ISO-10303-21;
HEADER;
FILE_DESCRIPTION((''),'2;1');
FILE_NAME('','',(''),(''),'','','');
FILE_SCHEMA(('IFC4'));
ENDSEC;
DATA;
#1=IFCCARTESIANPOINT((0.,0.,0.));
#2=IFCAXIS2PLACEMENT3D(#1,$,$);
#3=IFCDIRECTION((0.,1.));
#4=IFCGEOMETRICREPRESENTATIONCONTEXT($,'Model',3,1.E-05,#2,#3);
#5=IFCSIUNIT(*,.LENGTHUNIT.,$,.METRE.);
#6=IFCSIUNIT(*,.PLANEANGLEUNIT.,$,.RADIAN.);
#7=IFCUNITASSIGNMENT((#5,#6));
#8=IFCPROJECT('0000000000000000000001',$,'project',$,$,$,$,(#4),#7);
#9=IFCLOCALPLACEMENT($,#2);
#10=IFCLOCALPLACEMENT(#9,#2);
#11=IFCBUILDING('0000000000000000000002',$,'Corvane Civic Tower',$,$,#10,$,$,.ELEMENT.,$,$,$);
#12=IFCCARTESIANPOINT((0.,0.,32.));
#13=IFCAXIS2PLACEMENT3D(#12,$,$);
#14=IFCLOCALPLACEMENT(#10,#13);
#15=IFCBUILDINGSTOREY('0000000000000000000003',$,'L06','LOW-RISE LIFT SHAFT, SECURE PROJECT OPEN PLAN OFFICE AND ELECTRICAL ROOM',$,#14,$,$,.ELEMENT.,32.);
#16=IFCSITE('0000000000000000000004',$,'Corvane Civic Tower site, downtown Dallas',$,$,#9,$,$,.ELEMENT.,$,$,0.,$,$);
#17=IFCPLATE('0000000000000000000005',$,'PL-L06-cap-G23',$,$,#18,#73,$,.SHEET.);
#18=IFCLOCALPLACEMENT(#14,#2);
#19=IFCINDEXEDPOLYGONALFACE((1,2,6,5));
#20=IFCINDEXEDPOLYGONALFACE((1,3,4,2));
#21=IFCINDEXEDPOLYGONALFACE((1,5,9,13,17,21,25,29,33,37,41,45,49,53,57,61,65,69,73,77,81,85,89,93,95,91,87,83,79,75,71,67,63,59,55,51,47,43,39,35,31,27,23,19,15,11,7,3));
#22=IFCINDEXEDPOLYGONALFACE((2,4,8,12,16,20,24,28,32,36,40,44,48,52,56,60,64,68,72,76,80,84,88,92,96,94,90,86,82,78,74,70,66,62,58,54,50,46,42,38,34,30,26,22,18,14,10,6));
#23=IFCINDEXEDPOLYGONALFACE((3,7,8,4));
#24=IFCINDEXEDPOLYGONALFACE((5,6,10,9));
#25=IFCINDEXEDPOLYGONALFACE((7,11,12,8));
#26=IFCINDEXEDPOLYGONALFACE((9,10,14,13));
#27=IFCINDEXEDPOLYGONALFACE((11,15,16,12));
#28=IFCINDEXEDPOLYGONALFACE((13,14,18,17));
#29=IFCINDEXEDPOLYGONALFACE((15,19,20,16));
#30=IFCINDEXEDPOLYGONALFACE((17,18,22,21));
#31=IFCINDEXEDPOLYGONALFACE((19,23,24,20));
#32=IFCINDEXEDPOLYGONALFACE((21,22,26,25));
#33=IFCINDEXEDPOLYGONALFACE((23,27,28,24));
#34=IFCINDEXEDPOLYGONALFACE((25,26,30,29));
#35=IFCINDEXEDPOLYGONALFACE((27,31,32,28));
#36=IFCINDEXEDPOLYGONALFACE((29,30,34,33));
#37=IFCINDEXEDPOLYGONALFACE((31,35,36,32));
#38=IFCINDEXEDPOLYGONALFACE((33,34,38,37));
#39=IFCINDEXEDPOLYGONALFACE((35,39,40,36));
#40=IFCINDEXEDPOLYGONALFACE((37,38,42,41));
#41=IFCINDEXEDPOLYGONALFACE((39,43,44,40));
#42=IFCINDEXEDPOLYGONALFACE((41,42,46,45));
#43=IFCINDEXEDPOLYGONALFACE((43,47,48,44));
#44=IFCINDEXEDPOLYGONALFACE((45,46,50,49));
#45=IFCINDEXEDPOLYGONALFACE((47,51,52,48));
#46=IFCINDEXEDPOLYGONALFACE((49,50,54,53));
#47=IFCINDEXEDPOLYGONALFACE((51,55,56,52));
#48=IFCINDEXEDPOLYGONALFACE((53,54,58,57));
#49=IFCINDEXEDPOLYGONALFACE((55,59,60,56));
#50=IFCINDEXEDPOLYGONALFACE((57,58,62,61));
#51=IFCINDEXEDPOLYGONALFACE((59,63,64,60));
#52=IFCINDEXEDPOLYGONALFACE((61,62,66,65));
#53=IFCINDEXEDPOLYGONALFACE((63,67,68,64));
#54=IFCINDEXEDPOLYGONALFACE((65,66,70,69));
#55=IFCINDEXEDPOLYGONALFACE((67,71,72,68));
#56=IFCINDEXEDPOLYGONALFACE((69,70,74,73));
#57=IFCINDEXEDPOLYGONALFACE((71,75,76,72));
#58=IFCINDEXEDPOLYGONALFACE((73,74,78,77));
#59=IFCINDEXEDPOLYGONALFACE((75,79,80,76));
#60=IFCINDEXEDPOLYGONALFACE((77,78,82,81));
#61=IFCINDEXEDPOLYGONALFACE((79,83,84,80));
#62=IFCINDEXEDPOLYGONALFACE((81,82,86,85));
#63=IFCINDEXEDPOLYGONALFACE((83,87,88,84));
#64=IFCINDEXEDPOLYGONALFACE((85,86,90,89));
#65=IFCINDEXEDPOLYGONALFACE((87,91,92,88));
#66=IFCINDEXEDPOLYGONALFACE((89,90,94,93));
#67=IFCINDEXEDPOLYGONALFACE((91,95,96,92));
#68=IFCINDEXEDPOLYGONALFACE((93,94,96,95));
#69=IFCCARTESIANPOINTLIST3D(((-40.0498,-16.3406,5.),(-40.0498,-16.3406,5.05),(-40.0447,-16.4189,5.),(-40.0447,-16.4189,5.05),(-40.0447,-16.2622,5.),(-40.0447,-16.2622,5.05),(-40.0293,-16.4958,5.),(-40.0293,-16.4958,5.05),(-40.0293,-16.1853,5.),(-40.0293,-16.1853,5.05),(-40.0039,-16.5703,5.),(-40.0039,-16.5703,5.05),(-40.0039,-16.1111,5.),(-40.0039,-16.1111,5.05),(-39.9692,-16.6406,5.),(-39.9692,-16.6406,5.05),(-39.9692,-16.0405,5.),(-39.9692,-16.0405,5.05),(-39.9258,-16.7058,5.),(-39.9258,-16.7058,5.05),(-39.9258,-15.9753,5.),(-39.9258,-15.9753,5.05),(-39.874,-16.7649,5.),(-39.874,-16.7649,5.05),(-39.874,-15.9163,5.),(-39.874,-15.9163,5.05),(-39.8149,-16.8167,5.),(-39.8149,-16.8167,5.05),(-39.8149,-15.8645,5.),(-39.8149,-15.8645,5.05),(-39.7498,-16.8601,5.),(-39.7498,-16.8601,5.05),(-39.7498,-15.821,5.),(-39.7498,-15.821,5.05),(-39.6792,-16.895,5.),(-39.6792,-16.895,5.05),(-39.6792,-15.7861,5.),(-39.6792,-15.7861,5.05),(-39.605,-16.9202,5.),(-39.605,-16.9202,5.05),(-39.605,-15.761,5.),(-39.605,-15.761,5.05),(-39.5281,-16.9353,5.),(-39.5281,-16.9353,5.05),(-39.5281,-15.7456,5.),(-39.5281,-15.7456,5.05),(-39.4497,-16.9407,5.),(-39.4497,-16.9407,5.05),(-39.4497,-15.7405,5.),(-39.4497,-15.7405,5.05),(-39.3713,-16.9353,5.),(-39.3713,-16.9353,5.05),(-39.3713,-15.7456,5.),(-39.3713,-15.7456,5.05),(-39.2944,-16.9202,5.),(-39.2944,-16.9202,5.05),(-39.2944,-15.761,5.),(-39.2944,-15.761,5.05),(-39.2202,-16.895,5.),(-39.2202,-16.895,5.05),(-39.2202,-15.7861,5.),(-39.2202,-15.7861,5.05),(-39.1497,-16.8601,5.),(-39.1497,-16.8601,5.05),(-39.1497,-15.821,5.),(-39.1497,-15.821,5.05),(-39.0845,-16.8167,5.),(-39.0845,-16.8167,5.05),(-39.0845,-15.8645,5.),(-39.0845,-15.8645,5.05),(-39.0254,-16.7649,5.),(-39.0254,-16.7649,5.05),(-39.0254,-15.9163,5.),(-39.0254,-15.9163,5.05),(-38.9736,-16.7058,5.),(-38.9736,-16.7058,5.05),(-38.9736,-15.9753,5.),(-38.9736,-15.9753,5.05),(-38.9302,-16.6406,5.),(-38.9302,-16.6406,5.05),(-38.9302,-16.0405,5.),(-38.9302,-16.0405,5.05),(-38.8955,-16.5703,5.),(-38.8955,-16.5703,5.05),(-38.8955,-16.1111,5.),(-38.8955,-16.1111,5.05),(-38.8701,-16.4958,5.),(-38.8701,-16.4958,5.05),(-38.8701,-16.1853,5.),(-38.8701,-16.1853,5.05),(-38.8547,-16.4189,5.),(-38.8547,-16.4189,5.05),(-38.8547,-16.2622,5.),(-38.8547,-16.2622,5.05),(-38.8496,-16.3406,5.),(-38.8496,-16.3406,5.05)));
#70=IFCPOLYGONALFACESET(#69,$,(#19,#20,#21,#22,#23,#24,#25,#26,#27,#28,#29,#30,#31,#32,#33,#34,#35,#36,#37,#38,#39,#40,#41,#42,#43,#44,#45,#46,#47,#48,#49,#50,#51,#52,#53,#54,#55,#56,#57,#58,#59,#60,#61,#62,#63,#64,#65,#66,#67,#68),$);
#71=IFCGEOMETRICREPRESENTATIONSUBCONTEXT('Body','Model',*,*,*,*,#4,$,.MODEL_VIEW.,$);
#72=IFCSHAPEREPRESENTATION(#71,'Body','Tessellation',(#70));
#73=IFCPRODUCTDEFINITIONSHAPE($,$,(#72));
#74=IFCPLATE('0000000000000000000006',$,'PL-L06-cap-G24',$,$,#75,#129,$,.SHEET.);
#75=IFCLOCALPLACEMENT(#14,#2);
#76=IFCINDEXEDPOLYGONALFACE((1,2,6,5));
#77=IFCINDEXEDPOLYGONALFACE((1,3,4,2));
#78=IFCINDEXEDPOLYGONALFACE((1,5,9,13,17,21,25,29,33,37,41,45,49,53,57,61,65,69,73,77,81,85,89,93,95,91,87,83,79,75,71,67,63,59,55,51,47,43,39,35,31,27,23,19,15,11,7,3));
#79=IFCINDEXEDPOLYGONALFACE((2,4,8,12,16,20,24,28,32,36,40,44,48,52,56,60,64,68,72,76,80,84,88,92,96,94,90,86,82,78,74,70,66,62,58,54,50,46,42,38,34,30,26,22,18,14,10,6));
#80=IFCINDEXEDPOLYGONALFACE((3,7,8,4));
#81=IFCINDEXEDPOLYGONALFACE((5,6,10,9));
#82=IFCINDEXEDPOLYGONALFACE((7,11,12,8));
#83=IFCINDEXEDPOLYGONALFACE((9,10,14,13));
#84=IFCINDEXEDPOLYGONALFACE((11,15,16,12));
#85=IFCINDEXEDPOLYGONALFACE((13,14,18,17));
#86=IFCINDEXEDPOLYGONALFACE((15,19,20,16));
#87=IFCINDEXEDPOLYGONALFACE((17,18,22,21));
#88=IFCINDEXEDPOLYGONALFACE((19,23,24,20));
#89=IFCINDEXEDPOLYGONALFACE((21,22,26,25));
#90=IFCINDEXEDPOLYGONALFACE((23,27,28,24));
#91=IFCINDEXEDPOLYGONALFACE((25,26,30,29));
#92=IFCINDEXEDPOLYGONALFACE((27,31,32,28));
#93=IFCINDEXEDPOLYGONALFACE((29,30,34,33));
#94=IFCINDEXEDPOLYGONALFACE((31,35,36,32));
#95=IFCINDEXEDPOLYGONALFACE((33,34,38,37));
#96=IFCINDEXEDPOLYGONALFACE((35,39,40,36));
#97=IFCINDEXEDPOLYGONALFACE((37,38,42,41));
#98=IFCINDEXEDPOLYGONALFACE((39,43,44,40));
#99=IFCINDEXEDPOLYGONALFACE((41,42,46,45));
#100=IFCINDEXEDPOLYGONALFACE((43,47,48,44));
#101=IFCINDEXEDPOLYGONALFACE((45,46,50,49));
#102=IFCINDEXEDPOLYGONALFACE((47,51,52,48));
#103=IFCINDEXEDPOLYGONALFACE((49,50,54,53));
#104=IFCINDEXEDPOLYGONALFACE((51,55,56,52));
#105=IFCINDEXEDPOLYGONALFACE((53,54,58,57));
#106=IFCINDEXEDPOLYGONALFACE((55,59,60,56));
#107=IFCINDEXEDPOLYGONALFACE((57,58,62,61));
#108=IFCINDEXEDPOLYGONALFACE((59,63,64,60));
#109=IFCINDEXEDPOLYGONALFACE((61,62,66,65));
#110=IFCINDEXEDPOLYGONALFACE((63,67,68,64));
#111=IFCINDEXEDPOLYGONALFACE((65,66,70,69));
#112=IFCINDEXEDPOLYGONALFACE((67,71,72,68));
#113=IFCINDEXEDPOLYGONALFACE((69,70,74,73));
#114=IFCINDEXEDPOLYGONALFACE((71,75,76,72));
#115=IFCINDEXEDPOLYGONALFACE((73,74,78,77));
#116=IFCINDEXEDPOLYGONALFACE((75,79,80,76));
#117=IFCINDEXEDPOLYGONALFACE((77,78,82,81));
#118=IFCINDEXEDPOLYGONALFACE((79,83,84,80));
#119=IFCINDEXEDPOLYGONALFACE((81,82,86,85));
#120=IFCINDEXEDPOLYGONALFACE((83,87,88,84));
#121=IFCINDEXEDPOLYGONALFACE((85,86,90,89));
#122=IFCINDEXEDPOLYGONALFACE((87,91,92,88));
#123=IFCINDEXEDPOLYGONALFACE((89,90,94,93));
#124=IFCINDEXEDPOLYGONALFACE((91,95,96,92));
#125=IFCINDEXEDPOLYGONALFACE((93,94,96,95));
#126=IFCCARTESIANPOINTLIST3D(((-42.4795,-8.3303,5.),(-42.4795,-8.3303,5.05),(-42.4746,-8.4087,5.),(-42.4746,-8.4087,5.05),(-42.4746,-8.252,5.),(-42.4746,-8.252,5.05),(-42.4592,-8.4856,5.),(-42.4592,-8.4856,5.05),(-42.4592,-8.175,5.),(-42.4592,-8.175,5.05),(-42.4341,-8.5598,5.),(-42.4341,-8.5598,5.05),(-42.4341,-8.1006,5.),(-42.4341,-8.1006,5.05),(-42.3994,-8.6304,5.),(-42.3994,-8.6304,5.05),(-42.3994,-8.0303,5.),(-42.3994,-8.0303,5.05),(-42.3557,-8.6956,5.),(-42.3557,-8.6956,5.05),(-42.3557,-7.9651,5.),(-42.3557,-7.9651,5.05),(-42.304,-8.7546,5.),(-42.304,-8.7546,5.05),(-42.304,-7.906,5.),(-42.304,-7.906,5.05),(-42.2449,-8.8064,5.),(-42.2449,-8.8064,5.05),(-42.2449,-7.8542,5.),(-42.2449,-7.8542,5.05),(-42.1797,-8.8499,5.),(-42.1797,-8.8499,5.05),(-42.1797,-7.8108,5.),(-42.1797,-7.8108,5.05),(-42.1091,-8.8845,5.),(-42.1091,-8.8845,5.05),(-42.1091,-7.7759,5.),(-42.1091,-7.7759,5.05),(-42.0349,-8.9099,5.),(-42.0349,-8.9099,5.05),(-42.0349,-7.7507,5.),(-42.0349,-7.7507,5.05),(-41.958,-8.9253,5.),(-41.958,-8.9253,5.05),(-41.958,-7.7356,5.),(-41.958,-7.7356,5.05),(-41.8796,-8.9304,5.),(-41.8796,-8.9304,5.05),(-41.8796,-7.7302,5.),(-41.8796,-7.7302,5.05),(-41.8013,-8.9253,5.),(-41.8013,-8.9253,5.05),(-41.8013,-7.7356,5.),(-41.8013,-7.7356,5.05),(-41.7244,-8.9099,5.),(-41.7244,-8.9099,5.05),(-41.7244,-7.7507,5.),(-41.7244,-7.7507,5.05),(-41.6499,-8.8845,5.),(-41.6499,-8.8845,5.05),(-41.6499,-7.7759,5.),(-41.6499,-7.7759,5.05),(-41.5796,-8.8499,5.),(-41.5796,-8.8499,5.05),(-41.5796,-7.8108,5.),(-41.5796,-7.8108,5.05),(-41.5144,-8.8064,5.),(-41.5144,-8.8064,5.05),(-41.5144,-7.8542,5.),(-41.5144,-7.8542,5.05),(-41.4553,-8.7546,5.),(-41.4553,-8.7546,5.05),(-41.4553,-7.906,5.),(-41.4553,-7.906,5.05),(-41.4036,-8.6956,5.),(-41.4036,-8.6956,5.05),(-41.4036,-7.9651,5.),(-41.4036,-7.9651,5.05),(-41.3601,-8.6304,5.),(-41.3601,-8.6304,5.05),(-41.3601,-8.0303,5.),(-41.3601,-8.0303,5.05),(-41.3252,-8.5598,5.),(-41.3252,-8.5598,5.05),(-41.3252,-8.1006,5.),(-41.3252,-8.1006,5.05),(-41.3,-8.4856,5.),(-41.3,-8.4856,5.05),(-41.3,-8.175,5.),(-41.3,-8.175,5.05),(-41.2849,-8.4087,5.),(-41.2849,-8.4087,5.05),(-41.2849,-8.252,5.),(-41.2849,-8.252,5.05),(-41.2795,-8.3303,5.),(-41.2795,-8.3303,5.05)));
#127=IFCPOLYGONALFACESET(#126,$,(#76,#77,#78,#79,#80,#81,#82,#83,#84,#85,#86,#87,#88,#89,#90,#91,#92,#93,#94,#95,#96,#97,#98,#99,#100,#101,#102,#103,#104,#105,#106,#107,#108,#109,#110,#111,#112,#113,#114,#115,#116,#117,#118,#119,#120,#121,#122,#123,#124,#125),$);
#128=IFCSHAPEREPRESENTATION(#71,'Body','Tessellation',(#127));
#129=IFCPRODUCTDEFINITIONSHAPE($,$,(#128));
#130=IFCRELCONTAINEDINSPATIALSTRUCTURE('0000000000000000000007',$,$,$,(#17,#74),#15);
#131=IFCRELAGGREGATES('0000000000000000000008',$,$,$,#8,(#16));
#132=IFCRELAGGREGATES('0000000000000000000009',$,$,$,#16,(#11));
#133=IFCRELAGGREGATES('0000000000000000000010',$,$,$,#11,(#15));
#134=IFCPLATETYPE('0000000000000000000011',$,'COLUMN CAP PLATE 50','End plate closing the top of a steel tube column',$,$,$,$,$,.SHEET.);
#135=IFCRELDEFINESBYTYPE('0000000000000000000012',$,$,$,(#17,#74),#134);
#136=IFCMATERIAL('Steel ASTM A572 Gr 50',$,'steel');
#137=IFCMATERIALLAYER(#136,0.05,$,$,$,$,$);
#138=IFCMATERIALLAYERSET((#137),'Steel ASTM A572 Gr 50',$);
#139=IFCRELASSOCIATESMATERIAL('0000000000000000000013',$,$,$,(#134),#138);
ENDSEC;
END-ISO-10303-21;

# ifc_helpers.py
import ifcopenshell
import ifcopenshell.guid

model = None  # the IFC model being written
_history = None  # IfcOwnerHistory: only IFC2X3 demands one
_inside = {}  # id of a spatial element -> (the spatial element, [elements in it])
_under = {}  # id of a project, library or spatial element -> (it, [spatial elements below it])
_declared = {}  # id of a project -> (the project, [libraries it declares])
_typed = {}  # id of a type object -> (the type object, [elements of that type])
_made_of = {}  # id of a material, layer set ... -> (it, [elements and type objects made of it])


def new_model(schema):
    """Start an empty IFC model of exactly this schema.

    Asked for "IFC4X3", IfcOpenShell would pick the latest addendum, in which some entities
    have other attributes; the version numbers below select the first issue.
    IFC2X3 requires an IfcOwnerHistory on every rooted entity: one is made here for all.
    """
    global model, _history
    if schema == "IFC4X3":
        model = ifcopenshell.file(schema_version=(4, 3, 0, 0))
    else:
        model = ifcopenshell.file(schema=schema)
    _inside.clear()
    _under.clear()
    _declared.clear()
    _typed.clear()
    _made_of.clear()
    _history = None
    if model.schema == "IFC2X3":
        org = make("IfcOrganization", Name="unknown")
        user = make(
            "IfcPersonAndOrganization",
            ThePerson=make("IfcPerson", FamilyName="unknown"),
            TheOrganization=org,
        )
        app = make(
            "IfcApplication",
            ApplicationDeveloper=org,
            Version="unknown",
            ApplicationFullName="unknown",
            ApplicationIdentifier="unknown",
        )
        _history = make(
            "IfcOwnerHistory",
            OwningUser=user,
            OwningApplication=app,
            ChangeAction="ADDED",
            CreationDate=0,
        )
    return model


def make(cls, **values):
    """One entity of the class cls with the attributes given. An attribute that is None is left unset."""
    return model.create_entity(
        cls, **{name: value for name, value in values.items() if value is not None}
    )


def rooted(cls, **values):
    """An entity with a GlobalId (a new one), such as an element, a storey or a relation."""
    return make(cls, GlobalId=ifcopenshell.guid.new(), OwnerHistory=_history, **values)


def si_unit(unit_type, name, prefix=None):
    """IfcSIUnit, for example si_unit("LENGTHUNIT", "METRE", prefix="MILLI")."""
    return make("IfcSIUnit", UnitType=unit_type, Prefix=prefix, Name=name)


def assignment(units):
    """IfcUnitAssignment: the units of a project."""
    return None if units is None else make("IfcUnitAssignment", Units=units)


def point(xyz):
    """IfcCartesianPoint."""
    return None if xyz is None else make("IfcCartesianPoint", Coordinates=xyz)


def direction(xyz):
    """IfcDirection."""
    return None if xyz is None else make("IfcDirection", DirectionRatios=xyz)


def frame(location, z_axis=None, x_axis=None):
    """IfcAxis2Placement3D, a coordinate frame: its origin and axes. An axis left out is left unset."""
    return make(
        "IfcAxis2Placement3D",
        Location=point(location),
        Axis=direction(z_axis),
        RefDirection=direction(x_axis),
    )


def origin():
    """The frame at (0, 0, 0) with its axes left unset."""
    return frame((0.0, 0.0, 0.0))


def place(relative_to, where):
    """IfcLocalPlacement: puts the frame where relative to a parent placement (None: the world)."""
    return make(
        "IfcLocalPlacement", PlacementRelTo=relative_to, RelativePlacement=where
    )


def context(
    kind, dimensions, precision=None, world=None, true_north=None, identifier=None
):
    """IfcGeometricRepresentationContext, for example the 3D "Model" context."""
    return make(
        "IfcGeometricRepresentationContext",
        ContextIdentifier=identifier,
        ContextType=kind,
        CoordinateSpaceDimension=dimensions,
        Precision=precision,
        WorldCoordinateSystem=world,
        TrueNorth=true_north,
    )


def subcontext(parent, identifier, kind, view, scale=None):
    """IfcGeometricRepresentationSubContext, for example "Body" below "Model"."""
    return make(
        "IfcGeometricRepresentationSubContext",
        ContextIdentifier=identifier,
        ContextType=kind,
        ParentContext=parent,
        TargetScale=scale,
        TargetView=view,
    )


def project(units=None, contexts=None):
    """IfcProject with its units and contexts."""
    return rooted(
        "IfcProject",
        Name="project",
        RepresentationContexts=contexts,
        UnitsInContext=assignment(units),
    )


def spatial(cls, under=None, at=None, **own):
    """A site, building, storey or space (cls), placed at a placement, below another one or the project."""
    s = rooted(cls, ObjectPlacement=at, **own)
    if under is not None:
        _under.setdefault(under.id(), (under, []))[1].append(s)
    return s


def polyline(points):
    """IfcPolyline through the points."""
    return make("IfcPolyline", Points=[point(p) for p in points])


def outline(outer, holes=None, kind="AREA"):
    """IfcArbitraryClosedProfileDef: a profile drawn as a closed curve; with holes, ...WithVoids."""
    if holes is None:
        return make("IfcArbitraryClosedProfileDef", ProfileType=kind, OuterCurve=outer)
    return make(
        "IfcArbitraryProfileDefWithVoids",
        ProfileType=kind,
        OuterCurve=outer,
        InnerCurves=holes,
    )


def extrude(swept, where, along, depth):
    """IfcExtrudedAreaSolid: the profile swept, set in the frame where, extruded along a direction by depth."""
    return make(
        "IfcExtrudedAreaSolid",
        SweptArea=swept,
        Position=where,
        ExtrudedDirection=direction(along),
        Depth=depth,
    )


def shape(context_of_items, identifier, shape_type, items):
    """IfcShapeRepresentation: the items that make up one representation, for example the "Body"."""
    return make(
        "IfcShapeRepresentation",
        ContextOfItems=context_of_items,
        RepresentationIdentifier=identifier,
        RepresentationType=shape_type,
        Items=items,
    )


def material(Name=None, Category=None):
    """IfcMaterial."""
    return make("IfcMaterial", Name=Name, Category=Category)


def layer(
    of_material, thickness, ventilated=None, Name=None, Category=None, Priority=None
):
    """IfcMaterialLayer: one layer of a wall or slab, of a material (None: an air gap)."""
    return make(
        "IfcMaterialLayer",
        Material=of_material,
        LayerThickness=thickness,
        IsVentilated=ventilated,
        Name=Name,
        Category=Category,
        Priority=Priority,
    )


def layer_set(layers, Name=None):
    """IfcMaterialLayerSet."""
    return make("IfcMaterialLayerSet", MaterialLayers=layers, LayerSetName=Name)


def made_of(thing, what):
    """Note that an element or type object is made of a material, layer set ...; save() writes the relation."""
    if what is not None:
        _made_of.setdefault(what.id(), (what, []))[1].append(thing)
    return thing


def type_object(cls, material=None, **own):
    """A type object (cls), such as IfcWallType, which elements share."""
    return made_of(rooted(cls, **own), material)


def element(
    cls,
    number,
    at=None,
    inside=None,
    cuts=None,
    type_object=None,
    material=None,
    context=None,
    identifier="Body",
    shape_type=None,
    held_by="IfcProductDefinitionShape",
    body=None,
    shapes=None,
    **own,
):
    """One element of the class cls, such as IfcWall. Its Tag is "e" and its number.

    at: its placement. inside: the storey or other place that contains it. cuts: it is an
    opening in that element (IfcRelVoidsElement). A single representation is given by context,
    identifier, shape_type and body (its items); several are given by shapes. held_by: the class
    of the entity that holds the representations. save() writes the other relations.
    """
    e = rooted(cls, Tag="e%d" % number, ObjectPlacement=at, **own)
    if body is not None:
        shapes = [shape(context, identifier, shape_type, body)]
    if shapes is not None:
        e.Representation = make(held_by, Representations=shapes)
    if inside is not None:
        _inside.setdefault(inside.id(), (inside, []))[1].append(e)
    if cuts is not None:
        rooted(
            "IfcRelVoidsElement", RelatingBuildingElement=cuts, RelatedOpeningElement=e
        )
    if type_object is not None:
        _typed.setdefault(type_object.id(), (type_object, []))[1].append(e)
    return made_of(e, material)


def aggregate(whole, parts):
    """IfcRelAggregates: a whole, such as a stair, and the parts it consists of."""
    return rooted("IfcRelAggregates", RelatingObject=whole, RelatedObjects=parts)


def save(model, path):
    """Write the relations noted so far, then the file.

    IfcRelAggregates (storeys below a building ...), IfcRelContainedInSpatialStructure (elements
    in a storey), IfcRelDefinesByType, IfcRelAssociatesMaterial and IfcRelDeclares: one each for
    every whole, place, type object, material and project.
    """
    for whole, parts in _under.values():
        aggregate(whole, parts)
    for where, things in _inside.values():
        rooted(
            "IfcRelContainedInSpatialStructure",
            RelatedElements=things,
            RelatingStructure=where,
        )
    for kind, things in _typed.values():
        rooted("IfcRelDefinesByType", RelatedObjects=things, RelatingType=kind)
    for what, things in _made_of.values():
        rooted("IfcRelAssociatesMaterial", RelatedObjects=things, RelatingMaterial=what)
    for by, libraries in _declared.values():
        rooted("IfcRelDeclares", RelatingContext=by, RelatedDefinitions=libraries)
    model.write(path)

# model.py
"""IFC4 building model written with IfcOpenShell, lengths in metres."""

from ifc_helpers import new_model, si_unit, direction, frame, origin, place, context, subcontext, project, spatial, polyline, outline, extrude, material, layer, layer_set, type_object, element, save


model = new_model("IFC4")

# Units and contexts
model_context = context("Model", 3, precision=1e-05, world=origin(), true_north=direction((0.0, 1.0)))
body_context = subcontext(model_context, "Body", "Model", "MODEL_VIEW")
ifc_project = project(units=[si_unit("LENGTHUNIT", "METRE"), si_unit("PLANEANGLEUNIT", "RADIAN")], contexts=[model_context])

# Site, building, storey
site_placement = place(None, origin())
site = spatial("IfcSite", under=ifc_project, at=site_placement, Name="Corvane Civic Tower site, downtown Dallas", CompositionType="ELEMENT", RefElevation=0.0)
building_placement = place(site_placement, origin())
building = spatial("IfcBuilding", under=site, at=building_placement, Name="Corvane Civic Tower", CompositionType="ELEMENT")
storey_placement = place(building_placement, frame((0.0, 0.0, 32.0)))
storey = spatial("IfcBuildingStorey", under=building, at=storey_placement, Name="L06", Description="LOW-RISE LIFT SHAFT, SECURE PROJECT OPEN PLAN OFFICE AND ELECTRICAL ROOM", CompositionType="ELEMENT", Elevation=32.0)

# Plates
ifc_material_1 = material(Name="Steel ASTM A572 Gr 50", Category="steel")
ifc_layer = layer(ifc_material_1, 0.05)
ifc_layer_set = layer_set([ifc_layer], Name="Steel ASTM A572 Gr 50")
plate_type = type_object("IfcPlateType", Name="COLUMN CAP PLATE 50", Description="End plate closing the top of a steel tube column", PredefinedType="SHEET", material=ifc_layer_set)
plate_1_placement = place(storey_placement, frame((0.0, 0.0, 5.0)))
element("IfcPlate", 1, at=plate_1_placement, inside=storey, type_object=plate_type, Name="PL-L06-cap-G23", PredefinedType="SHEET", context=body_context, shape_type="SweptSolid", body=[
    extrude(outline(polyline([(-38.8496, -16.3406), (-38.8547, -16.2622), (-38.8701, -16.1853), (-38.8955, -16.1111), (-38.9302, -16.0405), (-38.9736, -15.9753), (-39.0254, -15.9163), (-39.0845, -15.8645), (-39.1497, -15.821), (-39.2202, -15.7861), (-39.2944, -15.761), (-39.3713, -15.7456), (-39.4497, -15.7405), (-39.5281, -15.7456), (-39.605, -15.761), (-39.6792, -15.7861), (-39.7498, -15.821), (-39.8149, -15.8645), (-39.874, -15.9163), (-39.9258, -15.9753), (-39.9692, -16.0405), (-40.0039, -16.1111), (-40.0293, -16.1853), (-40.0447, -16.2622), (-40.0498, -16.3406), (-40.0447, -16.4189), (-40.0293, -16.4958), (-40.0039, -16.5703), (-39.9692, -16.6406), (-39.9258, -16.7058), (-39.874, -16.7649), (-39.8149, -16.8167), (-39.7498, -16.8601), (-39.6792, -16.895), (-39.605, -16.9202), (-39.5281, -16.9353), (-39.4497, -16.9407), (-39.3713, -16.9353), (-39.2944, -16.9202), (-39.2202, -16.895), (-39.1497, -16.8601), (-39.0845, -16.8167), (-39.0254, -16.7649), (-38.9736, -16.7058), (-38.9302, -16.6406), (-38.8955, -16.5703), (-38.8701, -16.4958), (-38.8547, -16.4189), (-38.8496, -16.3406)])), origin(), (0.0, 0.0, 1.0), 0.05),
])
plate_2_placement = place(storey_placement, frame((0.0, 0.0, 5.0)))
element("IfcPlate", 2, at=plate_2_placement, inside=storey, type_object=plate_type, Name="PL-L06-cap-G24", PredefinedType="SHEET", context=body_context, shape_type="SweptSolid", body=[
    extrude(outline(polyline([(-41.2795, -8.3303), (-41.2849, -8.252), (-41.3, -8.175), (-41.3252, -8.1006), (-41.3601, -8.0303), (-41.4036, -7.9651), (-41.4553, -7.906), (-41.5144, -7.8542), (-41.5796, -7.8108), (-41.6499, -7.7759), (-41.7244, -7.7507), (-41.8013, -7.7356), (-41.8796, -7.7302), (-41.958, -7.7356), (-42.0349, -7.7507), (-42.1091, -7.7759), (-42.1797, -7.8108), (-42.2449, -7.8542), (-42.304, -7.906), (-42.3557, -7.9651), (-42.3994, -8.0303), (-42.4341, -8.1006), (-42.4592, -8.175), (-42.4746, -8.252), (-42.4795, -8.3303), (-42.4746, -8.4087), (-42.4592, -8.4856), (-42.4341, -8.5598), (-42.3994, -8.6304), (-42.3557, -8.6956), (-42.304, -8.7546), (-42.2449, -8.8064), (-42.1797, -8.8499), (-42.1091, -8.8845), (-42.0349, -8.9099), (-41.958, -8.9253), (-41.8796, -8.9304), (-41.8013, -8.9253), (-41.7244, -8.9099), (-41.6499, -8.8845), (-41.5796, -8.8499), (-41.5144, -8.8064), (-41.4553, -8.7546), (-41.4036, -8.6956), (-41.3601, -8.6304), (-41.3252, -8.5598), (-41.3, -8.4856), (-41.2849, -8.4087), (-41.2795, -8.3303)])), origin(), (0.0, 0.0, 1.0), 0.05),
])

save(model, "model.ifc")
